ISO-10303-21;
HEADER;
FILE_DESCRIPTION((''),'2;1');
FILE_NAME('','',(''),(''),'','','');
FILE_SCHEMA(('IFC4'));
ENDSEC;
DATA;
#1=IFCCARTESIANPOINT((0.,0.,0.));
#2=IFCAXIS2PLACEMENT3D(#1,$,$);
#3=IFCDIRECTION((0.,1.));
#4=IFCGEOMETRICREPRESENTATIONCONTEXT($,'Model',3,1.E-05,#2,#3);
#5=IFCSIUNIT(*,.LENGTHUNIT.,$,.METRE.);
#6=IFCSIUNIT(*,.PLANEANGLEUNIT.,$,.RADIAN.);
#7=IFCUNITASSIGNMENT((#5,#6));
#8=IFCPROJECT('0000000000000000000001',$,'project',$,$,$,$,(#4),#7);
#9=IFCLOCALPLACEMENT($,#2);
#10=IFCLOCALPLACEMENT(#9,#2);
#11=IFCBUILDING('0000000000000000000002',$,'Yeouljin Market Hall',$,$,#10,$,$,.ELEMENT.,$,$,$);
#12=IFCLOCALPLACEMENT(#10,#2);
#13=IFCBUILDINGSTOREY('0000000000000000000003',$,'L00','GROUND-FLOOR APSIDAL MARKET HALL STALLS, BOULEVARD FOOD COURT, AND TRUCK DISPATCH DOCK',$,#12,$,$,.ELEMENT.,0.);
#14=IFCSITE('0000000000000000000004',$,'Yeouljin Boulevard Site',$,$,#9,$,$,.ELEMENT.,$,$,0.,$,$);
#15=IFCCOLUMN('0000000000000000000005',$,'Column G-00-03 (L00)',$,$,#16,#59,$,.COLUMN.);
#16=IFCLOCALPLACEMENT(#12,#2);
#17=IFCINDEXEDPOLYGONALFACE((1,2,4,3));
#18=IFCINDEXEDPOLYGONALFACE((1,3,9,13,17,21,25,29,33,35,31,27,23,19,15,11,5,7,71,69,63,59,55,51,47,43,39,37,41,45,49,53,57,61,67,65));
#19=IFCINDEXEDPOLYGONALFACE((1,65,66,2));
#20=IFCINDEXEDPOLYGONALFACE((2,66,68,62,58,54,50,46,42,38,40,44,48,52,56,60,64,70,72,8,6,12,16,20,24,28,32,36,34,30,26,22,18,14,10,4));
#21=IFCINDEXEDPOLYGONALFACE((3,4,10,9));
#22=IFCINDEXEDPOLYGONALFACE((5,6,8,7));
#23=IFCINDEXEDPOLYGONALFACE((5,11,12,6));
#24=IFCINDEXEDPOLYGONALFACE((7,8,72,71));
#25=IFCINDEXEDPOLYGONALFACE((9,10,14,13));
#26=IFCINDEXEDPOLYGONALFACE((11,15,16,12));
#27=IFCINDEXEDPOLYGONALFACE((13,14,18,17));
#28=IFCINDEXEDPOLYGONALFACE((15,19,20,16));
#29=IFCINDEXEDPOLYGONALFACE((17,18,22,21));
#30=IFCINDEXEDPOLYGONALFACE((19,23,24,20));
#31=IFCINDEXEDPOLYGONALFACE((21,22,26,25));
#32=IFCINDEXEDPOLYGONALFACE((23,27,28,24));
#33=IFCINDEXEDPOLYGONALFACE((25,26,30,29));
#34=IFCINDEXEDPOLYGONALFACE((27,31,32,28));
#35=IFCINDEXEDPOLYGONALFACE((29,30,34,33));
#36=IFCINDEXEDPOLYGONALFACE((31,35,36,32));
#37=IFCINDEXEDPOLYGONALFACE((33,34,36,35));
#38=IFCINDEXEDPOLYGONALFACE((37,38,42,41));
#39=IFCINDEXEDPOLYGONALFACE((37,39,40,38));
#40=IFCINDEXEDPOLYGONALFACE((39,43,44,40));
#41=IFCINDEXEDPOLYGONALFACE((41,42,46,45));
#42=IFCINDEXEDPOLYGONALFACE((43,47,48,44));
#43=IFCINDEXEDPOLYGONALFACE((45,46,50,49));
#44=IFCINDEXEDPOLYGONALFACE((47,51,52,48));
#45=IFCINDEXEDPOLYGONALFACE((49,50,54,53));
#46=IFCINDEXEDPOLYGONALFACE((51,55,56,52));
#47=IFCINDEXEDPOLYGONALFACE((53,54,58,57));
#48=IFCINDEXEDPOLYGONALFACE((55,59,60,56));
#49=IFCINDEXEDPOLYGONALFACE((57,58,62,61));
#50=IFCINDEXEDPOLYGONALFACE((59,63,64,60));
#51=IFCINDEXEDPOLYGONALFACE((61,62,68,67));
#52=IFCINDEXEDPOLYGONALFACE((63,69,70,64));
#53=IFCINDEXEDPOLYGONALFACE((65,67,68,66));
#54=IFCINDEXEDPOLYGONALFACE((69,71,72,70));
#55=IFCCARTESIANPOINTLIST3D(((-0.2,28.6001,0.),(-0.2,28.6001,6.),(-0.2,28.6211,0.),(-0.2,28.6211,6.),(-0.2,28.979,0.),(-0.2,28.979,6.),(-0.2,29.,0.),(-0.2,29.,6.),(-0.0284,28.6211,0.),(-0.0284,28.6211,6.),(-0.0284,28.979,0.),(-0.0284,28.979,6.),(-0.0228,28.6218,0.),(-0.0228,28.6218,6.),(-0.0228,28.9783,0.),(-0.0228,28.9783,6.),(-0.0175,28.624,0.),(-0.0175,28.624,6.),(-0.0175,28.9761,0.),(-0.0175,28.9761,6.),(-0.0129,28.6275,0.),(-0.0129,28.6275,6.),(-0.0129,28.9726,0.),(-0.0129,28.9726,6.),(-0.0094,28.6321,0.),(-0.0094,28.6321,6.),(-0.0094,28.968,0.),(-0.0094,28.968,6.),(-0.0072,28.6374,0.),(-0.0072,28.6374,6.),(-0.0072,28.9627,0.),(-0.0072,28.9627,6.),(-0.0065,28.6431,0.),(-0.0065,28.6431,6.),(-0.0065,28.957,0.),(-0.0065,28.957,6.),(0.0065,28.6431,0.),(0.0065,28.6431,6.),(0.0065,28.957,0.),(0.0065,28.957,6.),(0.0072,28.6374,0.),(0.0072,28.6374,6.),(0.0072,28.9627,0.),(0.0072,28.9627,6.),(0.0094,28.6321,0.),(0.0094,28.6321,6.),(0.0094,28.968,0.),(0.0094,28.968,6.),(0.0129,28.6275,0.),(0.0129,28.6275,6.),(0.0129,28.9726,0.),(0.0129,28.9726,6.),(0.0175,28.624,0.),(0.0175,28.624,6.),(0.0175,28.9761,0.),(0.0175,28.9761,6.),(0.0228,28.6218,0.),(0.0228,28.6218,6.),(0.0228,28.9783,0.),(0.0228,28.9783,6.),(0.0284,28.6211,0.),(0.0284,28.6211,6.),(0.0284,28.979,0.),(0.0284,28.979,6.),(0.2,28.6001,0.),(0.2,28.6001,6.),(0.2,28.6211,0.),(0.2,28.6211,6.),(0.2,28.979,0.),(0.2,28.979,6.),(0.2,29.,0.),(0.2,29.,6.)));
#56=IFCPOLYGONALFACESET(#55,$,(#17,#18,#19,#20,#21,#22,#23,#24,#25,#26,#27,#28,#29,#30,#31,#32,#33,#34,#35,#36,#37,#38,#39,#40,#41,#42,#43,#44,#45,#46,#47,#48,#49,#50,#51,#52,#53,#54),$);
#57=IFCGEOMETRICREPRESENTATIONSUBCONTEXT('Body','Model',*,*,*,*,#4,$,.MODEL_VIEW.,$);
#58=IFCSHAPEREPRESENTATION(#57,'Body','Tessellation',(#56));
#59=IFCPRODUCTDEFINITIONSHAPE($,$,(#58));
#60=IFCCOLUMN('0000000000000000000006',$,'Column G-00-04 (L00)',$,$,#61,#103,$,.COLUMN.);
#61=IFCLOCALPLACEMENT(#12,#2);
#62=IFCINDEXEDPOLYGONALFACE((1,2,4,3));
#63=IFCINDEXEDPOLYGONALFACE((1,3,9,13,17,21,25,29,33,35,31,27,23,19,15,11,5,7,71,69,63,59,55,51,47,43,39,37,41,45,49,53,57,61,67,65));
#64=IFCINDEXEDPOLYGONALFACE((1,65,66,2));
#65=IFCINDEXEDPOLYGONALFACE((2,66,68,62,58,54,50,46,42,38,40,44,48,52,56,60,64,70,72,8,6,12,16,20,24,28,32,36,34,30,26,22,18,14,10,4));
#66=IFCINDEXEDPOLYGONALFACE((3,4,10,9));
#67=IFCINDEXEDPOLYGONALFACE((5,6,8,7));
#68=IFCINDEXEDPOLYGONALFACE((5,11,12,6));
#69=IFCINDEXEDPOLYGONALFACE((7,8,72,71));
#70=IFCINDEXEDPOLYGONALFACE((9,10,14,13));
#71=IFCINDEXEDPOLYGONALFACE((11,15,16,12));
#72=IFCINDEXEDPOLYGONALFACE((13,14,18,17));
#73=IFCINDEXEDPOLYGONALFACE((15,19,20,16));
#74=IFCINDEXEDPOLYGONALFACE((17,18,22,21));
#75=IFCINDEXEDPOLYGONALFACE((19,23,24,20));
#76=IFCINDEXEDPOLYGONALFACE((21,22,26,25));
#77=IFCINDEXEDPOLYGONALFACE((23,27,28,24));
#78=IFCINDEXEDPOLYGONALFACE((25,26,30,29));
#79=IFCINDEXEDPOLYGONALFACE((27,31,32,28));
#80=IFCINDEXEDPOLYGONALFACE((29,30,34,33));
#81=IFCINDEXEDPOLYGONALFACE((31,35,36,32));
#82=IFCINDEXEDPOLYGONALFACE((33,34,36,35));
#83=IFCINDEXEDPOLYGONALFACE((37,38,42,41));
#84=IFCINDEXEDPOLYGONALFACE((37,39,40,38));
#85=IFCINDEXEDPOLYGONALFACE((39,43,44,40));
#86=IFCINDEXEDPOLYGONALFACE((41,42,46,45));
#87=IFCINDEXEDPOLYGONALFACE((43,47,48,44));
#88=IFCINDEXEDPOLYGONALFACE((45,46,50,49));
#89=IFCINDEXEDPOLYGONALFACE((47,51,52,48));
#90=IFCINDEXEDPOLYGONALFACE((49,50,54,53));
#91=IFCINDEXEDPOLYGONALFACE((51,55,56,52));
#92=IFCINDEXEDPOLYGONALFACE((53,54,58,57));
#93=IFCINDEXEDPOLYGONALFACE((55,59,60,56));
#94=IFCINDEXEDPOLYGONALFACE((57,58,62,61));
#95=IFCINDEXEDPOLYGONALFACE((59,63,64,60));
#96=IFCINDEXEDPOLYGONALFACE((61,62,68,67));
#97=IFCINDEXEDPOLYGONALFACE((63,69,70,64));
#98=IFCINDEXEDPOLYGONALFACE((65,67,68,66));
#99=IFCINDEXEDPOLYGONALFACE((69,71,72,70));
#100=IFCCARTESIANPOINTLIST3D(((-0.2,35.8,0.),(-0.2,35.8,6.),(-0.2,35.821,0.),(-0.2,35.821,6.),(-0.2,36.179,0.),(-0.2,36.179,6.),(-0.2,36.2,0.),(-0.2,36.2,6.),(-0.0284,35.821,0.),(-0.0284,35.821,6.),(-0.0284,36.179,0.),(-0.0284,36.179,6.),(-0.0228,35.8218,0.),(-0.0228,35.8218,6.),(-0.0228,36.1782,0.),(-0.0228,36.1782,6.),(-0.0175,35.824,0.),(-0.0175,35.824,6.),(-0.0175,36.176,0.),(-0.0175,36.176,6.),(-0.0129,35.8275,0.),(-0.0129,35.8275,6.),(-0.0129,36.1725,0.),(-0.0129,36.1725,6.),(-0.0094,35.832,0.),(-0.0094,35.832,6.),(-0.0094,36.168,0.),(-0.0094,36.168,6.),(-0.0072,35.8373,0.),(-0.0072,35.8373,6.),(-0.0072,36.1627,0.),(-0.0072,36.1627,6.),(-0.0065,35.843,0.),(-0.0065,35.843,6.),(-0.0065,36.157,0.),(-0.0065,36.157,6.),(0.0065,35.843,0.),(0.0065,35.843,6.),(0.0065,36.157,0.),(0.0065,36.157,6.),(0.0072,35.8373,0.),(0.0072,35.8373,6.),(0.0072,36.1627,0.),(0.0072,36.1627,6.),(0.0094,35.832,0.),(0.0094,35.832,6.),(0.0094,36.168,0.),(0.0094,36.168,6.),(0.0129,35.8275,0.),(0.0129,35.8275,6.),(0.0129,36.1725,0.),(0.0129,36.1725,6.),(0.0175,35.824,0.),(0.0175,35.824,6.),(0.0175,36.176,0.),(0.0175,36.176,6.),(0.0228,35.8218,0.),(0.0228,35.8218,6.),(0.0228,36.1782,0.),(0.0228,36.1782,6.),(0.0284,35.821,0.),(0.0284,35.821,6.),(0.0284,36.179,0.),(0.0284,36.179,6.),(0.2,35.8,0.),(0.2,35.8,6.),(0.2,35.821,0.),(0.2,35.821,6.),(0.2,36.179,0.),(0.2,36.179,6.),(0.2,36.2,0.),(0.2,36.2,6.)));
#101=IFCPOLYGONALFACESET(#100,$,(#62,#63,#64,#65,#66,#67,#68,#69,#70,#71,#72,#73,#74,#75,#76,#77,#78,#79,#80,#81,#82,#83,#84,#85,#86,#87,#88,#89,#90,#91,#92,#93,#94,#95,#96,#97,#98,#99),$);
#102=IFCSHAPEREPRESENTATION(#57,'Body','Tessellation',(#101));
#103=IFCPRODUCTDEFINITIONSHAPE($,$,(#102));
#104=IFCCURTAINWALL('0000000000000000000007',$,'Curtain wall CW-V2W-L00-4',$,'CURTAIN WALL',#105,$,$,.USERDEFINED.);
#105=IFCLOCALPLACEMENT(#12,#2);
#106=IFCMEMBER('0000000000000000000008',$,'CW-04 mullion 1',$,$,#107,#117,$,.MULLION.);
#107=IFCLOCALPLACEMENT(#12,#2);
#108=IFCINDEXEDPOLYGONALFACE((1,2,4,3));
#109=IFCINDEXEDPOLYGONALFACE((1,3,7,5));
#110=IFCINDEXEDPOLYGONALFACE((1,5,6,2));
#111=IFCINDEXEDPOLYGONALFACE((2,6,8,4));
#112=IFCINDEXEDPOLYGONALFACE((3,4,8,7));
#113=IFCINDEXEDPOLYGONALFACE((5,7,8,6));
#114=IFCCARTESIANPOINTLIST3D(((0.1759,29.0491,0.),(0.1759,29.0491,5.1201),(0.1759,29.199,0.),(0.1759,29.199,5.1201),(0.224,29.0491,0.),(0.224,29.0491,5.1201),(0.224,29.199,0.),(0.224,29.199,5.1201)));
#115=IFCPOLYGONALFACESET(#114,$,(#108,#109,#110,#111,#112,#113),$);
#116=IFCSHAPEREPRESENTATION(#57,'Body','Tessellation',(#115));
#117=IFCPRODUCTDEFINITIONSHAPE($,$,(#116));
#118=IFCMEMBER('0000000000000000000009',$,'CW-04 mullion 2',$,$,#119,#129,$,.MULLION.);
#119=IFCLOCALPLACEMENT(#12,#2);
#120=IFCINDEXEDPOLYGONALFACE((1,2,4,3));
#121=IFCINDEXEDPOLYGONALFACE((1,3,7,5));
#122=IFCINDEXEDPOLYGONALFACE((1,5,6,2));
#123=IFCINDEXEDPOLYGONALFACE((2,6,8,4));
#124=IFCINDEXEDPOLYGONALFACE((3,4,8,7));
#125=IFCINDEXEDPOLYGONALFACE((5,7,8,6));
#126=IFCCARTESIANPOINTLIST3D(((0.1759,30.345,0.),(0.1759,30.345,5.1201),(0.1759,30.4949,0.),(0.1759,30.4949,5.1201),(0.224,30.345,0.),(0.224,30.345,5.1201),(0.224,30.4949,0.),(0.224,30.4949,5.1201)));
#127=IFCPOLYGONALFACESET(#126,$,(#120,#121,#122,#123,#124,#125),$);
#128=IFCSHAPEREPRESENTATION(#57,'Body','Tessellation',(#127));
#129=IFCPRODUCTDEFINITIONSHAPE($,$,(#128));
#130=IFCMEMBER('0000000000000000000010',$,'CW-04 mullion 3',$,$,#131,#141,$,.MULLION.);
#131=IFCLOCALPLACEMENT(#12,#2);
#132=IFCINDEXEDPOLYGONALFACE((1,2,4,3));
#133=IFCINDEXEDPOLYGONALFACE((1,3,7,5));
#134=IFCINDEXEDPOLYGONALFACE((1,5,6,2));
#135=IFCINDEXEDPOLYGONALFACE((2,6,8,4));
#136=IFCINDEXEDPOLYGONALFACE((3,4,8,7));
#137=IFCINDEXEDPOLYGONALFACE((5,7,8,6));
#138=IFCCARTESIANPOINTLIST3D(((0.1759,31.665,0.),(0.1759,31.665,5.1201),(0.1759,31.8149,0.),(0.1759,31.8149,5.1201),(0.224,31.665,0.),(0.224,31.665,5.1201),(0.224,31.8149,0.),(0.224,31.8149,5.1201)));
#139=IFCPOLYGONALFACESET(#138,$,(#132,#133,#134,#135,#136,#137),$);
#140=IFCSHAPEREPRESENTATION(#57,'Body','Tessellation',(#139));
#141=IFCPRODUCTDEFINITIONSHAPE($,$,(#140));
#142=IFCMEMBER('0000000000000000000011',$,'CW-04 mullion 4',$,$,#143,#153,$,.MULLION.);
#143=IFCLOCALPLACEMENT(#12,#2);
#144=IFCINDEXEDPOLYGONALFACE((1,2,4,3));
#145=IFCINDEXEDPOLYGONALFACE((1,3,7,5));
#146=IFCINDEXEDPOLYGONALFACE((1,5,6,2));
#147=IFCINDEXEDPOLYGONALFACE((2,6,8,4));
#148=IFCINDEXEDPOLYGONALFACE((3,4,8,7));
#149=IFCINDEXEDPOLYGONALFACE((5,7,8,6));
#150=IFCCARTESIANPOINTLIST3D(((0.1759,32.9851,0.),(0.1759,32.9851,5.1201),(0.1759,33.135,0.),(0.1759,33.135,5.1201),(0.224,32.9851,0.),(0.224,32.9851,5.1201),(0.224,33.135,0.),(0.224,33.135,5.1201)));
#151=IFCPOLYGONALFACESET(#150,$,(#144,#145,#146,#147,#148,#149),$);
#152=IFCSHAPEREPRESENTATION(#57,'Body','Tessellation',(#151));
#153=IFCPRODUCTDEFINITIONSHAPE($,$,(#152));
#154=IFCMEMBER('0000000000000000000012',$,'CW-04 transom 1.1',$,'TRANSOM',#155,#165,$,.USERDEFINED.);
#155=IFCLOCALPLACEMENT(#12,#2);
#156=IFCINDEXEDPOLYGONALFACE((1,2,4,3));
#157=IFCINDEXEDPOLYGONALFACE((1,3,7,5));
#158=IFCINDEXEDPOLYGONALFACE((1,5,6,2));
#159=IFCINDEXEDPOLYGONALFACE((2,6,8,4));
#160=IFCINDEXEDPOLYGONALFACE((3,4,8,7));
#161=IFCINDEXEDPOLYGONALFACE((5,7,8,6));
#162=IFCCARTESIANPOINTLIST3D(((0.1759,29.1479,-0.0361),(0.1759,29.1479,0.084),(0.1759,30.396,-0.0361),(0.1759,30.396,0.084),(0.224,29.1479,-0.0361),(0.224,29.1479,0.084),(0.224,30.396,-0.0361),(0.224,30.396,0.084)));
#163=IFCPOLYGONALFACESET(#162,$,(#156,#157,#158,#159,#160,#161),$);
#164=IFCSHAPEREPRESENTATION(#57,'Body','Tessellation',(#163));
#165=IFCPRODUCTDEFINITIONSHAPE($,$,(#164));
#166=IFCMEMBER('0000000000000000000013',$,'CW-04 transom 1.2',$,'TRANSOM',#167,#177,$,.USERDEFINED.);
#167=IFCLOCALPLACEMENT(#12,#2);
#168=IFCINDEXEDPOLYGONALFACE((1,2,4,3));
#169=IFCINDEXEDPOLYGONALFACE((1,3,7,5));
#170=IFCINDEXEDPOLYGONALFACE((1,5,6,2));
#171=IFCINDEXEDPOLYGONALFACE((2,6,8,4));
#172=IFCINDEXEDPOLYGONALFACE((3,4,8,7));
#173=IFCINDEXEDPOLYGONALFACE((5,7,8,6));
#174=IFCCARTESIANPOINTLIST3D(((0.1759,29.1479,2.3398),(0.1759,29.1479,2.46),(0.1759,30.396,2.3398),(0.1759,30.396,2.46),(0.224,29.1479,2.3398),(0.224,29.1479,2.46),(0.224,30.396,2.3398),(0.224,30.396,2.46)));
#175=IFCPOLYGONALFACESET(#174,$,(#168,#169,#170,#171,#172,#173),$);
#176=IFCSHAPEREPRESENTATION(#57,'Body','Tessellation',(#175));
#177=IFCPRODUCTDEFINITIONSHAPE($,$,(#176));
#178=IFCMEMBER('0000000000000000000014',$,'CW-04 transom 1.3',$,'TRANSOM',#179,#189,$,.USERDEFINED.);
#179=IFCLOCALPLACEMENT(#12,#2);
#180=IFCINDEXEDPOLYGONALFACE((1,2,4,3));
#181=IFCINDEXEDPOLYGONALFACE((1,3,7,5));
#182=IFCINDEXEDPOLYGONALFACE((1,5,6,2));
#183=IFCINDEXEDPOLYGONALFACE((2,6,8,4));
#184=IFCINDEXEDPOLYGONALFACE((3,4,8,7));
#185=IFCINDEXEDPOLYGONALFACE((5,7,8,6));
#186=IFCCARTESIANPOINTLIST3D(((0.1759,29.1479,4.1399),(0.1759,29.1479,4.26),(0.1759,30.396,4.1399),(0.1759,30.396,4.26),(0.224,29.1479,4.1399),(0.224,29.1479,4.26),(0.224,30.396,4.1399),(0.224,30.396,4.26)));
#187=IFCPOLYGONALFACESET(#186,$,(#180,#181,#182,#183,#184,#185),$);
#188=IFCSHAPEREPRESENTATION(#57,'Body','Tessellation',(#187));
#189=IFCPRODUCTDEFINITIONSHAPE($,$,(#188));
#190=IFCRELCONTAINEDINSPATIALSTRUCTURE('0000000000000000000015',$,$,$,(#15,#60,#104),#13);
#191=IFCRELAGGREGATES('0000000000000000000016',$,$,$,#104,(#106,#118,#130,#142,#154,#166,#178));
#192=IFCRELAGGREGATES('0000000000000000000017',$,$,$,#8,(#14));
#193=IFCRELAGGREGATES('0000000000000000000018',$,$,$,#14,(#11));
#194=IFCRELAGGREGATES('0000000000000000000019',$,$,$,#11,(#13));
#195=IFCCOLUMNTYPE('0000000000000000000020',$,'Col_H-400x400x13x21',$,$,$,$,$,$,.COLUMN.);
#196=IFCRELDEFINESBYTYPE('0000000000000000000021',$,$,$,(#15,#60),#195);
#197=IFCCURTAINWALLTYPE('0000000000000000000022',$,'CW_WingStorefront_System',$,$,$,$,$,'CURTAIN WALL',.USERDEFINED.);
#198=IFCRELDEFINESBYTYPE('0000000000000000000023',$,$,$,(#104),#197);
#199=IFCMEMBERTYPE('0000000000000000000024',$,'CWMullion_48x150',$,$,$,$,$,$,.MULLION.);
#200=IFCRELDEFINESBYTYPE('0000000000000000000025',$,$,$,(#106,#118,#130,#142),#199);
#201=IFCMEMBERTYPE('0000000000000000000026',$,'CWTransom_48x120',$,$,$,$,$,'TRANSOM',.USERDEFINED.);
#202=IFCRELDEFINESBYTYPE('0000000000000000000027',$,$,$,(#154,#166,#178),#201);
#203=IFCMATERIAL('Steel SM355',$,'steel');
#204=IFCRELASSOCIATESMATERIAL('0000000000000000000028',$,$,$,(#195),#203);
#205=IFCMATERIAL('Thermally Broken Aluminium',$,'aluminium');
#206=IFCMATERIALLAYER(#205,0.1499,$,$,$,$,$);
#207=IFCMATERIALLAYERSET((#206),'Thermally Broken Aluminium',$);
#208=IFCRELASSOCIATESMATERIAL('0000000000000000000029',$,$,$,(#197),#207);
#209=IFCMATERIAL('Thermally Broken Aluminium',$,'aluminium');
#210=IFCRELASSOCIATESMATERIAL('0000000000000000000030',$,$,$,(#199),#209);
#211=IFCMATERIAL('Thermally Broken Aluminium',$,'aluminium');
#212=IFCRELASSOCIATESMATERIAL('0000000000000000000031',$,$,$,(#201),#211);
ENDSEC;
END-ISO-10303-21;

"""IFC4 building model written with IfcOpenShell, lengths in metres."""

from ifc_helpers import new_model, si_unit, direction, frame, origin, origin_2d, place, context, subcontext, project, spatial, rectangle, i_section, extrude, material, layer, layer_set, material_profile, profile_set, type_object, element, aggregate, save


model = new_model("IFC4")

# Units and contexts
model_context = context("Model", 3, precision=1e-05, world=origin(), true_north=direction((0.0, 1.0)))
body_context = subcontext(model_context, "Body", "Model", "MODEL_VIEW")
ifc_project = project(units=[si_unit("LENGTHUNIT", "METRE"), si_unit("PLANEANGLEUNIT", "RADIAN")], contexts=[model_context])

# Site, building, storey
site_placement = place(None, origin())
site = spatial("IfcSite", under=ifc_project, at=site_placement, Name="Yeouljin Boulevard Site", CompositionType="ELEMENT", RefElevation=0.0)
building_placement = place(site_placement, origin())
building = spatial("IfcBuilding", under=site, at=building_placement, Name="Yeouljin Market Hall", CompositionType="ELEMENT")
storey_placement = place(building_placement, origin())
storey = spatial("IfcBuildingStorey", under=building, at=storey_placement, Name="L00", Description="GROUND-FLOOR APSIDAL MARKET HALL STALLS, BOULEVARD FOOD COURT, AND TRUCK DISPATCH DOCK", CompositionType="ELEMENT", Elevation=0.0)

# Columns
ifc_material_1 = material(Name="Steel SM355", Category="steel")
ifc_material_profile_1 = material_profile(ifc_material_1, i_section(OverallWidth=0.3999, OverallDepth=0.3999, WebThickness=0.0129, FlangeThickness=0.021, FilletRadius=0.022, at=origin_2d()), Name="H-400x400x13x21")
ifc_profile_set_1 = profile_set([ifc_material_profile_1], Name="Steel SM355")
column_type = type_object("IfcColumnType", Name="Col_H-400x400x13x21", PredefinedType="COLUMN", material=ifc_profile_set_1)
for number, where, z_axis, x_axis, name in (
    (1, (0.0, 28.8, 0.0), (0.0, 0.0, 1.0), (1.0, 0.0, 0.0), "Column G-00-03 (L00)"),
    (2, (0.0, 36.0, 0.0), (0.0, 0.0, 1.0), (1.0, 0.0, 0.0), "Column G-00-04 (L00)"),
):
    element("IfcColumn", number, at=place(storey_placement, frame(where, z_axis=z_axis, x_axis=x_axis)), inside=storey, type_object=column_type, Name=name, PredefinedType="COLUMN", context=body_context, shape_type="SweptSolid", body=[
        extrude(i_section(OverallWidth=0.3999, OverallDepth=0.3999, WebThickness=0.0129, FlangeThickness=0.021, FilletRadius=0.022, at=origin_2d()), origin(), (0.0, 0.0, 1.0), 6.0),
    ])

# Curtain wall, members
ifc_material_2 = material(Name="Thermally Broken Aluminium", Category="aluminium")
ifc_layer_1 = layer(ifc_material_2, 0.1499)
ifc_layer_set_1 = layer_set([ifc_layer_1], Name="Thermally Broken Aluminium")
curtain_wall_type = type_object("IfcCurtainWallType", Name="CW_WingStorefront_System", ElementType="CURTAIN WALL", PredefinedType="USERDEFINED", material=ifc_layer_set_1)
curtain_wall_placement = place(storey_placement, origin())
curtain_wall = element("IfcCurtainWall", 3, at=curtain_wall_placement, inside=storey, type_object=curtain_wall_type, Name="Curtain wall CW-V2W-L00-4", ObjectType="CURTAIN WALL", PredefinedType="USERDEFINED")
ifc_material_3 = material(Name="Thermally Broken Aluminium", Category="aluminium")
ifc_material_profile_2 = material_profile(ifc_material_3, rectangle(XDim=0.0481, YDim=0.1499, at=origin_2d()), Name="CW-MULL-48x150")
ifc_profile_set_2 = profile_set([ifc_material_profile_2], Name="Thermally Broken Aluminium")
member_type_1 = type_object("IfcMemberType", Name="CWMullion_48x150", PredefinedType="MULLION", material=ifc_profile_set_2)
member_1_placement = place(storey_placement, frame((0.2, 29.124, 0.0), z_axis=(0.0, 0.0, 1.0), x_axis=(-1.0, 0.0, 0.0)))
member_1 = element("IfcMember", 4, at=member_1_placement, type_object=member_type_1, Name="CW-04 mullion 1", PredefinedType="MULLION", context=body_context, shape_type="SweptSolid", body=[
    extrude(rectangle(XDim=0.0481, YDim=0.1499, at=origin_2d()), origin(), (0.0, 0.0, 1.0), 5.1201),
])
member_2_placement = place(storey_placement, frame((0.2, 30.4199, 0.0), z_axis=(0.0, 0.0, 1.0), x_axis=(-1.0, 0.0, 0.0)))
member_2 = element("IfcMember", 5, at=member_2_placement, type_object=member_type_1, Name="CW-04 mullion 2", PredefinedType="MULLION", context=body_context, shape_type="SweptSolid", body=[
    extrude(rectangle(XDim=0.0481, YDim=0.1499, at=origin_2d()), origin(), (0.0, 0.0, 1.0), 5.1201),
])
member_3_placement = place(storey_placement, frame((0.2, 31.74, 0.0), z_axis=(0.0, 0.0, 1.0), x_axis=(-1.0, 0.0, 0.0)))
member_3 = element("IfcMember", 6, at=member_3_placement, type_object=member_type_1, Name="CW-04 mullion 3", PredefinedType="MULLION", context=body_context, shape_type="SweptSolid", body=[
    extrude(rectangle(XDim=0.0481, YDim=0.1499, at=origin_2d()), origin(), (0.0, 0.0, 1.0), 5.1201),
])
member_4_placement = place(storey_placement, frame((0.2, 33.0601, 0.0), z_axis=(0.0, 0.0, 1.0), x_axis=(-1.0, 0.0, 0.0)))
member_4 = element("IfcMember", 7, at=member_4_placement, type_object=member_type_1, Name="CW-04 mullion 4", PredefinedType="MULLION", context=body_context, shape_type="SweptSolid", body=[
    extrude(rectangle(XDim=0.0481, YDim=0.1499, at=origin_2d()), origin(), (0.0, 0.0, 1.0), 5.1201),
])
ifc_material_4 = material(Name="Thermally Broken Aluminium", Category="aluminium")
ifc_material_profile_3 = material_profile(ifc_material_4, rectangle(XDim=0.0481, YDim=0.1201, at=origin_2d()), Name="CW-TRAN-48x120")
ifc_profile_set_3 = profile_set([ifc_material_profile_3], Name="Thermally Broken Aluminium")
member_type_2 = type_object("IfcMemberType", Name="CWTransom_48x120", ElementType="TRANSOM", PredefinedType="USERDEFINED", material=ifc_profile_set_3)
member_5_placement = place(storey_placement, frame((0.2, 29.1479, 0.0239), z_axis=(0.0, 1.0, 0.0), x_axis=(-1.0, 0.0, 0.0)))
member_5 = element("IfcMember", 8, at=member_5_placement, type_object=member_type_2, Name="CW-04 transom 1.1", ObjectType="TRANSOM", PredefinedType="USERDEFINED", context=body_context, shape_type="SweptSolid", body=[
    extrude(rectangle(XDim=0.0481, YDim=0.1201, at=origin_2d()), origin(), (0.0, 0.0, 1.0), 1.248),
])
member_6_placement = place(storey_placement, frame((0.2, 29.1479, 2.3999), z_axis=(0.0, 1.0, 0.0), x_axis=(-1.0, 0.0, 0.0)))
member_6 = element("IfcMember", 9, at=member_6_placement, type_object=member_type_2, Name="CW-04 transom 1.2", ObjectType="TRANSOM", PredefinedType="USERDEFINED", context=body_context, shape_type="SweptSolid", body=[
    extrude(rectangle(XDim=0.0481, YDim=0.1201, at=origin_2d()), origin(), (0.0, 0.0, 1.0), 1.248),
])
member_7_placement = place(storey_placement, frame((0.2, 29.1479, 4.2), z_axis=(0.0, 1.0, 0.0), x_axis=(-1.0, 0.0, 0.0)))
member_7 = element("IfcMember", 10, at=member_7_placement, type_object=member_type_2, Name="CW-04 transom 1.3", ObjectType="TRANSOM", PredefinedType="USERDEFINED", context=body_context, shape_type="SweptSolid", body=[
    extrude(rectangle(XDim=0.0481, YDim=0.1201, at=origin_2d()), origin(), (0.0, 0.0, 1.0), 1.248),
])
aggregate(curtain_wall, [member_1, member_2, member_3, member_4, member_5, member_6, member_7])

save(model, "model.ifc")
